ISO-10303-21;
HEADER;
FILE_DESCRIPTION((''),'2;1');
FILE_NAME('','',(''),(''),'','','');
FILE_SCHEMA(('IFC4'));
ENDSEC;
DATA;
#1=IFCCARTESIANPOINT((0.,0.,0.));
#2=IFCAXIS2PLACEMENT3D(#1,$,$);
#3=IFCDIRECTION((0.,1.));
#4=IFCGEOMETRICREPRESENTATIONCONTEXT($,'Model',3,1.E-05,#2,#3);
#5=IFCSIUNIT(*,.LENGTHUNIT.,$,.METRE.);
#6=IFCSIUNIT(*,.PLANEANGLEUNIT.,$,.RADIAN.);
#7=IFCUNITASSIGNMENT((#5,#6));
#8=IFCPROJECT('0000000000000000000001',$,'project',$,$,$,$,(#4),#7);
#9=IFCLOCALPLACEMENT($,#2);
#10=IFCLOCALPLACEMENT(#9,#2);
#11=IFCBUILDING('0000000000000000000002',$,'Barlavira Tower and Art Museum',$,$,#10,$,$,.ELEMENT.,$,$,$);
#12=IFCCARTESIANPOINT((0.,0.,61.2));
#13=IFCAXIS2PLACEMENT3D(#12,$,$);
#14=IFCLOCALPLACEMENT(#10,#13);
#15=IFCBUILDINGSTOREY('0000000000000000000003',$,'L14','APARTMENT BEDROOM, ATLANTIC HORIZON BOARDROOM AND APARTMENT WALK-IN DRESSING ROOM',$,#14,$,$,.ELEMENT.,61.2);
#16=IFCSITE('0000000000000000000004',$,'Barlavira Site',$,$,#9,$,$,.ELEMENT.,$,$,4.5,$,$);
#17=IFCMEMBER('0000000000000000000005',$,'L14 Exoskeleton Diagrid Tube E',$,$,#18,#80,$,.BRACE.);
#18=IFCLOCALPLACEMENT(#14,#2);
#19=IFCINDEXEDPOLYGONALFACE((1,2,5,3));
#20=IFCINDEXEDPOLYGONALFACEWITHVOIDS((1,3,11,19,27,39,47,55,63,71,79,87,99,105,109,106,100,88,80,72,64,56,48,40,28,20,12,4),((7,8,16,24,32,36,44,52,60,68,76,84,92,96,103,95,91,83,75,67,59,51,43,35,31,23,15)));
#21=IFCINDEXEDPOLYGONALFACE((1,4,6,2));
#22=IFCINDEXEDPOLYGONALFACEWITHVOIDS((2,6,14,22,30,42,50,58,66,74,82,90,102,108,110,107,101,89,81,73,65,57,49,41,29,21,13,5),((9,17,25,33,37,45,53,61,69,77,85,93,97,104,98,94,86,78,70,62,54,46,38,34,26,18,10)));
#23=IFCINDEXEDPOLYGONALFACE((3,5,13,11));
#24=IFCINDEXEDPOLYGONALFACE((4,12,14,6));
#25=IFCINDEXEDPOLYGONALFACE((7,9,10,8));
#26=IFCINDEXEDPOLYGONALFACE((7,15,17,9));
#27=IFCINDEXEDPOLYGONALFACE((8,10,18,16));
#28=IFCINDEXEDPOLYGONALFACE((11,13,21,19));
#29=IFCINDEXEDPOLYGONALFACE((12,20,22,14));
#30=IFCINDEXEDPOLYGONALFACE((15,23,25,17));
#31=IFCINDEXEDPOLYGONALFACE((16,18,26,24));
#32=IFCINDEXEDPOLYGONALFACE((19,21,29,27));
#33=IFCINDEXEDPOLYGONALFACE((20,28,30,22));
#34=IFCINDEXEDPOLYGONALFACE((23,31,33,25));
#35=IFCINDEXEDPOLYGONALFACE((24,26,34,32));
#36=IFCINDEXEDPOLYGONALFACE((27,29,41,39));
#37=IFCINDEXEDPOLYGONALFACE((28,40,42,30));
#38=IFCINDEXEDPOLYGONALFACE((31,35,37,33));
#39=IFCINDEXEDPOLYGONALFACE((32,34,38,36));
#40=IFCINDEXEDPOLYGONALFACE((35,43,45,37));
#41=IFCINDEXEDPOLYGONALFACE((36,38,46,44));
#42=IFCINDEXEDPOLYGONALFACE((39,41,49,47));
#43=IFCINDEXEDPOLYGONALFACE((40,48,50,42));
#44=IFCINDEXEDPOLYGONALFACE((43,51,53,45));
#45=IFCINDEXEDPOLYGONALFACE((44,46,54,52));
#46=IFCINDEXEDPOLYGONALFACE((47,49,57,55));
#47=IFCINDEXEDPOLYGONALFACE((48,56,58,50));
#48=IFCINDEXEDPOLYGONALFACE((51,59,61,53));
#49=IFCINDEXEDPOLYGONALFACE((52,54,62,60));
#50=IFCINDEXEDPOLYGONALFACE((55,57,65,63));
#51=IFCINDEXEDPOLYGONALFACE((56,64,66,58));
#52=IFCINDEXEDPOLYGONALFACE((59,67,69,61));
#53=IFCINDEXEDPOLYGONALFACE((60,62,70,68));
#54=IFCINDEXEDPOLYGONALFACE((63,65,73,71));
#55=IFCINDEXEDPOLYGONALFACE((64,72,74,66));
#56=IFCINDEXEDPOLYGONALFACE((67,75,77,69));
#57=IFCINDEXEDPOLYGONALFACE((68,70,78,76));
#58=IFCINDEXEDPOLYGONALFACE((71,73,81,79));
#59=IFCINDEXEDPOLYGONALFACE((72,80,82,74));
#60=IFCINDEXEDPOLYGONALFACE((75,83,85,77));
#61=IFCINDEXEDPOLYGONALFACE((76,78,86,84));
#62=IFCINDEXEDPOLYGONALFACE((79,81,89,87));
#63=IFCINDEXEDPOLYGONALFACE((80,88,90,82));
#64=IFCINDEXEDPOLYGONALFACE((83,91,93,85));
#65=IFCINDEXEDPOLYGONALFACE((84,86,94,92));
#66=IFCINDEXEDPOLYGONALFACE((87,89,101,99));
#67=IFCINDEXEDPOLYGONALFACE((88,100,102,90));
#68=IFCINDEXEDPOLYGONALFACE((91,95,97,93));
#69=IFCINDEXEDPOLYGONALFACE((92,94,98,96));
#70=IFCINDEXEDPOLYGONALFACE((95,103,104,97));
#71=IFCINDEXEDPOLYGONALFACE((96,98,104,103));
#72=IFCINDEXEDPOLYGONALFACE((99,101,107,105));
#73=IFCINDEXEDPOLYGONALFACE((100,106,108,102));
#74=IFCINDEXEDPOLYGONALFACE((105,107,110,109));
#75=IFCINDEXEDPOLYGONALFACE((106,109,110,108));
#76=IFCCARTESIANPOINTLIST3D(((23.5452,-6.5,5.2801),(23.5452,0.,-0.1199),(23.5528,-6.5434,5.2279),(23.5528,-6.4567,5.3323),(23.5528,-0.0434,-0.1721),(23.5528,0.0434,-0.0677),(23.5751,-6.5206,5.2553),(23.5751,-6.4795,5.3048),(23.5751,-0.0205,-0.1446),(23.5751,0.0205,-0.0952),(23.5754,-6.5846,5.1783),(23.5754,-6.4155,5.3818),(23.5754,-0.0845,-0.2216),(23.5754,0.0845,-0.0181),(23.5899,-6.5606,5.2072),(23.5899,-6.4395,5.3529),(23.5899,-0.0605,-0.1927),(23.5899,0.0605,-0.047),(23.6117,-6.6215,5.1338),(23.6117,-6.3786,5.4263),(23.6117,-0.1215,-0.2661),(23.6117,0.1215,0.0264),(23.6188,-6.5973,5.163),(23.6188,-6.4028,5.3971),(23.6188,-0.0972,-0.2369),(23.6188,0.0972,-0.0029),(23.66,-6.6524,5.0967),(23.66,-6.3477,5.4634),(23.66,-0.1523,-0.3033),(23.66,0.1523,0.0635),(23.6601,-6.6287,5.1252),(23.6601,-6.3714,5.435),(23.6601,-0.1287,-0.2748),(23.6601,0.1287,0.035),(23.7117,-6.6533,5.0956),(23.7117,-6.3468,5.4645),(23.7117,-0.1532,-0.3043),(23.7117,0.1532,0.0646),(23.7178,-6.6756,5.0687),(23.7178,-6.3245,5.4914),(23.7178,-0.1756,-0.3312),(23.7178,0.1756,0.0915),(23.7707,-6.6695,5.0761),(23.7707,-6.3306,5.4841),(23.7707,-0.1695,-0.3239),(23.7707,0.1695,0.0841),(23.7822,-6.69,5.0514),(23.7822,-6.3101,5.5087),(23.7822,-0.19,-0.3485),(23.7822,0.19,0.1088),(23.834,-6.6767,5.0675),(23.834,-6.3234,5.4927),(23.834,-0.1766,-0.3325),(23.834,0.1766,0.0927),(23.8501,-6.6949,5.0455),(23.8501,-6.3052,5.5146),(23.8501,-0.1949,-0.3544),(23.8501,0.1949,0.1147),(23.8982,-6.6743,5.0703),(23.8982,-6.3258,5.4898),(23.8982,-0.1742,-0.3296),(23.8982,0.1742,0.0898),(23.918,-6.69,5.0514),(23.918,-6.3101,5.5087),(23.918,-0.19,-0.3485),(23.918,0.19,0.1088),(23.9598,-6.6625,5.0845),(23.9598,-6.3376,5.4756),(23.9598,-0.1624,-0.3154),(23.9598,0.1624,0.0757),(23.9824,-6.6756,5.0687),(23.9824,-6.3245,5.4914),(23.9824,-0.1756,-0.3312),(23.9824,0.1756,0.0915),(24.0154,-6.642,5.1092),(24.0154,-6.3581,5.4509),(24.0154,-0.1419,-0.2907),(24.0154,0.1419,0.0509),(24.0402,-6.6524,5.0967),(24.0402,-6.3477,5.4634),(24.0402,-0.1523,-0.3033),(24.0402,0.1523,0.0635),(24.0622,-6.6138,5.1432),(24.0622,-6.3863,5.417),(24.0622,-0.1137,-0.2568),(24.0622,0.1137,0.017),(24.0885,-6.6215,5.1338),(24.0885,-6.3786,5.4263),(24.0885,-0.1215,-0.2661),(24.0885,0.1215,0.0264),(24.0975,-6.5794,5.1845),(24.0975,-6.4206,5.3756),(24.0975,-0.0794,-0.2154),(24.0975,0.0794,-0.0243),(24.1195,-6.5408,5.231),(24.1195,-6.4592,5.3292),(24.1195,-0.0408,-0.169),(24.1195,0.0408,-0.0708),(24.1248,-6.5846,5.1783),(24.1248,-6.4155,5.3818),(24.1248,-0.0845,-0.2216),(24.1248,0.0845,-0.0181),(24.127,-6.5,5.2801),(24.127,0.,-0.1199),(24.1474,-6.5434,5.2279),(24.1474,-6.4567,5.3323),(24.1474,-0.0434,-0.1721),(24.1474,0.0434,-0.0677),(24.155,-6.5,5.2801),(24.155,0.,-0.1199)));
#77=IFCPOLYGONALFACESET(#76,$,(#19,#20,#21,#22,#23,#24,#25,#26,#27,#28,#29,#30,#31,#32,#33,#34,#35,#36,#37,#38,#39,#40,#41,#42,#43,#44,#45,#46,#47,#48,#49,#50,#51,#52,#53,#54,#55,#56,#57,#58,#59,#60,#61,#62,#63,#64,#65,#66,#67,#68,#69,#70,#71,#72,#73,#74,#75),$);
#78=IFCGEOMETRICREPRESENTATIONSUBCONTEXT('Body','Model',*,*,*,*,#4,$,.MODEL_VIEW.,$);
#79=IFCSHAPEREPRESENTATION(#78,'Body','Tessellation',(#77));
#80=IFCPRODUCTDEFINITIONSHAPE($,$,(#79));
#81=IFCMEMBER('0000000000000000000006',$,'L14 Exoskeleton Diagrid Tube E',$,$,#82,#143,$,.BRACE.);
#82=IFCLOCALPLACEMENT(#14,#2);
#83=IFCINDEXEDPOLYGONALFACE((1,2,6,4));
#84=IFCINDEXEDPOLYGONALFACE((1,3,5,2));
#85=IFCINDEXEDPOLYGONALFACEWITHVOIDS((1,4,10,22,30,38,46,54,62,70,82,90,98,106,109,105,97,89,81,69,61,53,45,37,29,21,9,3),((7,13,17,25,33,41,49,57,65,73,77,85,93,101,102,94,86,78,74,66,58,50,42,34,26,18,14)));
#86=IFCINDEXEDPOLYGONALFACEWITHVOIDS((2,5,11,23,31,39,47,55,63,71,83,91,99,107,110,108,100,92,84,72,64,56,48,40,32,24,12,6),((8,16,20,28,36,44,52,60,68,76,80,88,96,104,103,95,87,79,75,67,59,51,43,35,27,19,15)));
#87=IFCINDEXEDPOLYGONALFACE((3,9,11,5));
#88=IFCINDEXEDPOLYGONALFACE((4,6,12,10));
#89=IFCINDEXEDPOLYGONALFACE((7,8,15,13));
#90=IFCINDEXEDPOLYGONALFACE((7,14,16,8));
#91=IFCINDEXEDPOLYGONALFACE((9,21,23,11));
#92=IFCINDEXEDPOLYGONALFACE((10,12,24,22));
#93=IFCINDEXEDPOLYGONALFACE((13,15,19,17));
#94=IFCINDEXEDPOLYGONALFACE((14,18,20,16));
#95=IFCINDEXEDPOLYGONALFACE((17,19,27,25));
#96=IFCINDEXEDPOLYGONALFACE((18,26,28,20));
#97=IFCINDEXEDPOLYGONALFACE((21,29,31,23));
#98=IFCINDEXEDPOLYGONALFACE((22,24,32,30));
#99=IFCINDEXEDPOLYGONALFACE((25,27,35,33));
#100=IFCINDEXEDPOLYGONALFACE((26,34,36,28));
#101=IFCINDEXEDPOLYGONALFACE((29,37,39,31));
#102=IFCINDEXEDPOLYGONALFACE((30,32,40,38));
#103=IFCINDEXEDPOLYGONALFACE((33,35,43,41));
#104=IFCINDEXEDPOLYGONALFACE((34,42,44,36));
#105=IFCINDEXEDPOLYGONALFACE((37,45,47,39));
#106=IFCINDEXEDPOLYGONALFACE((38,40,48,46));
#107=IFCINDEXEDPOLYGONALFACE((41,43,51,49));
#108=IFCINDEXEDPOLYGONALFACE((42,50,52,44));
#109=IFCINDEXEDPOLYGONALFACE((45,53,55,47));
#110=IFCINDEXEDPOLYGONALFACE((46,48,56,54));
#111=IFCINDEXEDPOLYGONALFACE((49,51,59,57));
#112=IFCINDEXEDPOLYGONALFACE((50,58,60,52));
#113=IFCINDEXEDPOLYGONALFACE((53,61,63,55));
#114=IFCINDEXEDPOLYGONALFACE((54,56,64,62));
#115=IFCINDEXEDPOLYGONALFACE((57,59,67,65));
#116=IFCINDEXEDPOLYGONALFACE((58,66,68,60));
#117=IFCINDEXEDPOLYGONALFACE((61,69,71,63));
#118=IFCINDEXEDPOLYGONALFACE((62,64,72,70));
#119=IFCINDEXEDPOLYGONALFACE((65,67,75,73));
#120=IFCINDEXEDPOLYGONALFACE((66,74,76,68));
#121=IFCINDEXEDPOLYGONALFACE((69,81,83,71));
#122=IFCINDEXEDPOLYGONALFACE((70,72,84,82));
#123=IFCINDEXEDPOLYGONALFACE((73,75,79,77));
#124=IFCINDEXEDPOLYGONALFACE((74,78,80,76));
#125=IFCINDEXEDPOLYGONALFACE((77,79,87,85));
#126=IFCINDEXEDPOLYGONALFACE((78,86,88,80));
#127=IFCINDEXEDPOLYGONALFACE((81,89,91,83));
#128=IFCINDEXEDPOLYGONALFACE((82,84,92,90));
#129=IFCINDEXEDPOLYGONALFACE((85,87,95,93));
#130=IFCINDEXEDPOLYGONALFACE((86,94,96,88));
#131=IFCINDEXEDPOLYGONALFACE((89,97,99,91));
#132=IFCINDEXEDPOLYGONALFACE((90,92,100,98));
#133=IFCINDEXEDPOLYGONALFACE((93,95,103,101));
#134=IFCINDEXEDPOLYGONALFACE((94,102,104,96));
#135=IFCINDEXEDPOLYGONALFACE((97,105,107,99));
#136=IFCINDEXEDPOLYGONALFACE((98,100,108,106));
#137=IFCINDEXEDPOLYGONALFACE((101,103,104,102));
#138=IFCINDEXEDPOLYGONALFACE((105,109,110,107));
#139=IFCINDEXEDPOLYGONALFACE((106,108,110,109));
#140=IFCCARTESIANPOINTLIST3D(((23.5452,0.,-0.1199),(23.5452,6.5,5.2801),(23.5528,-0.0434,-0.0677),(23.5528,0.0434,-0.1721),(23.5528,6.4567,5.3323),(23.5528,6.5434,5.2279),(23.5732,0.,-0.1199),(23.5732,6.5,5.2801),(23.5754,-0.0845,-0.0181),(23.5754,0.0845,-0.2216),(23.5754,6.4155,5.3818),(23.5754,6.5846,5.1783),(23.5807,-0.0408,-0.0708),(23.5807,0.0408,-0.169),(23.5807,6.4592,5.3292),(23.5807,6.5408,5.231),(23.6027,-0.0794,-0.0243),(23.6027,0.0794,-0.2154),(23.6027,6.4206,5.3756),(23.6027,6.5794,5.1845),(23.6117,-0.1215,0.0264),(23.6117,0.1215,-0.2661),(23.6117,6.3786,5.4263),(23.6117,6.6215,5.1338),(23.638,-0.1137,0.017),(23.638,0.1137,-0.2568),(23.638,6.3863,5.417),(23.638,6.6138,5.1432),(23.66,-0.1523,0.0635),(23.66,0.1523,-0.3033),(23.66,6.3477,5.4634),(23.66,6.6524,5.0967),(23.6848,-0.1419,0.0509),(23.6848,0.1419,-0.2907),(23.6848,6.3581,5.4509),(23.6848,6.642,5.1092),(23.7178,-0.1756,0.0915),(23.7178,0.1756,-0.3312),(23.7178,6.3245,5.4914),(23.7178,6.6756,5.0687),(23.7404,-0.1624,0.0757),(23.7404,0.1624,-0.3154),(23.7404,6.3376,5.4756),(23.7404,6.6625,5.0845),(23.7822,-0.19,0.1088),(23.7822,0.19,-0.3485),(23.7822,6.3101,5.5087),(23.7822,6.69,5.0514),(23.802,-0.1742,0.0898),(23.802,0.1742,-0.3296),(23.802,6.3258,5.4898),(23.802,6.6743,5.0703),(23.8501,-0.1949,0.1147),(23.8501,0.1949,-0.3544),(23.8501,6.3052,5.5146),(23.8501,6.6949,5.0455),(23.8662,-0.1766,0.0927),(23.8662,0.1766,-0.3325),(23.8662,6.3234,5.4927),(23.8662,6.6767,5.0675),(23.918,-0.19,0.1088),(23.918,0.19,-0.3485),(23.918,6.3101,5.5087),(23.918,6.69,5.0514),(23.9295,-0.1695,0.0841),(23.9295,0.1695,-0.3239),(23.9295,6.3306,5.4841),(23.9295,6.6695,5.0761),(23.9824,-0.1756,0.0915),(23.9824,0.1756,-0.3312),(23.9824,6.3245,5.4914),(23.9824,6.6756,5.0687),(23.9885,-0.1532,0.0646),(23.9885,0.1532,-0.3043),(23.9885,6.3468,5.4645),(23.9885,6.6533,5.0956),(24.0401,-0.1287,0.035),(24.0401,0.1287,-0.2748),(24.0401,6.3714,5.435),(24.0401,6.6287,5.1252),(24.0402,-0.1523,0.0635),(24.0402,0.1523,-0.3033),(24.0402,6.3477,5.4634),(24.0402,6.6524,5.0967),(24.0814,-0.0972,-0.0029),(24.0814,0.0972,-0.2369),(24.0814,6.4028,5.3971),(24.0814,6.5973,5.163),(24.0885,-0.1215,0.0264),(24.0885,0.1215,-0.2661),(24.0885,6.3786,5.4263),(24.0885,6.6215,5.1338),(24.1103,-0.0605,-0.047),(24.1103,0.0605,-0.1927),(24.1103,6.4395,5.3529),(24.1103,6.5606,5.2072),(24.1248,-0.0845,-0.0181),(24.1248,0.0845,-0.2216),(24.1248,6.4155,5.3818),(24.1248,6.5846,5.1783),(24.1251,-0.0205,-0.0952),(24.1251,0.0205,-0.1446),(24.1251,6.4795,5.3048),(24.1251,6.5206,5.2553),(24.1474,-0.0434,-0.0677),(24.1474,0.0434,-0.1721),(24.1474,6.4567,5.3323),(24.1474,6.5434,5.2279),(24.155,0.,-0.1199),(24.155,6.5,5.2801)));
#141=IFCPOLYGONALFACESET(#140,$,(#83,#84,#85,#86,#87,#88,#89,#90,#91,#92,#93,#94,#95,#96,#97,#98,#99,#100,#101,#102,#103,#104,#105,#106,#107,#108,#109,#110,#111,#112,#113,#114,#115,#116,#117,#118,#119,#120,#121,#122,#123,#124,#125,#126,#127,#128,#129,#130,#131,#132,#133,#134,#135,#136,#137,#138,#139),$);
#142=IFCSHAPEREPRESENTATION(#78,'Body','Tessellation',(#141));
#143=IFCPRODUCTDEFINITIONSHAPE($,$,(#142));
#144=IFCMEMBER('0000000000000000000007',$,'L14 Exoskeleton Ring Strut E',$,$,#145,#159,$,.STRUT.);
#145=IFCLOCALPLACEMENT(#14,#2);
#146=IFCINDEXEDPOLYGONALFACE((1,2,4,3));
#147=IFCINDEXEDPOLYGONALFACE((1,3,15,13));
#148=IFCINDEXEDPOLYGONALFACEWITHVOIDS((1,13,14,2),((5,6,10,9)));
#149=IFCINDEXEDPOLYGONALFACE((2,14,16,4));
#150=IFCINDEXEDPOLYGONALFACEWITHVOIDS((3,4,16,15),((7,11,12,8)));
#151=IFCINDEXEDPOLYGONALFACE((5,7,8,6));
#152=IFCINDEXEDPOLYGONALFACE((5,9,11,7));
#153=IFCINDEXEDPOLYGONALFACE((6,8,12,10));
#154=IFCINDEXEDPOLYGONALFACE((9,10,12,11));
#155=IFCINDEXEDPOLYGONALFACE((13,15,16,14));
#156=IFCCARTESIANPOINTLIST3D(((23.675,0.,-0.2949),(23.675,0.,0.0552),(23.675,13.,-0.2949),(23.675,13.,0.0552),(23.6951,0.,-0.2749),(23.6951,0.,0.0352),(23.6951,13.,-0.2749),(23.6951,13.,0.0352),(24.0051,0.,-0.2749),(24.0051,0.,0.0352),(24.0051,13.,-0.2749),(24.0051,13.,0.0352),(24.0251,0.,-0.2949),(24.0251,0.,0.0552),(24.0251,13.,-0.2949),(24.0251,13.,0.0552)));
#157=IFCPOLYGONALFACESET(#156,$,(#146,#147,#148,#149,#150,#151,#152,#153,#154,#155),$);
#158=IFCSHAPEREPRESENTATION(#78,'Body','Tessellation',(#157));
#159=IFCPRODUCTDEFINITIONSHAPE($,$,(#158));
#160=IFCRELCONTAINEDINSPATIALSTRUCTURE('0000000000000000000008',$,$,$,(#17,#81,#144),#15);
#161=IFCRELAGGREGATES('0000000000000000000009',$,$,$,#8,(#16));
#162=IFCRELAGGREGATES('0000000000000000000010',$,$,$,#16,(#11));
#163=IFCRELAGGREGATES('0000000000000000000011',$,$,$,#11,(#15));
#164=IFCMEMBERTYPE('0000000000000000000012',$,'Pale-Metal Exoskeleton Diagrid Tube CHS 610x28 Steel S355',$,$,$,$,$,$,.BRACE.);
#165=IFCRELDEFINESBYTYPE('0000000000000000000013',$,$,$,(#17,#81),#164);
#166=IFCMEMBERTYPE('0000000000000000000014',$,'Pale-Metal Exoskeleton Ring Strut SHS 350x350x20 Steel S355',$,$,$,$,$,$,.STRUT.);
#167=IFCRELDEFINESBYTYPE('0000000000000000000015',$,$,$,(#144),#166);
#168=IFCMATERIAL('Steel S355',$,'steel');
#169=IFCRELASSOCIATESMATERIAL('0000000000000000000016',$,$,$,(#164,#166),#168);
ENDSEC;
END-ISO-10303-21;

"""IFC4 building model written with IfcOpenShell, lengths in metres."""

from ifc_helpers import new_model, si_unit, direction, frame, origin, origin_2d, place, context, subcontext, project, spatial, hollow_rectangle, hollow_circle, extrude, material, material_profile, profile_set, type_object, element, save


model = new_model("IFC4")

# Units and contexts
model_context = context("Model", 3, precision=1e-05, world=origin(), true_north=direction((0.0, 1.0)))
body_context = subcontext(model_context, "Body", "Model", "MODEL_VIEW")
ifc_project = project(units=[si_unit("LENGTHUNIT", "METRE"), si_unit("PLANEANGLEUNIT", "RADIAN")], contexts=[model_context])

# Site, building, storey
site_placement = place(None, origin())
site = spatial("IfcSite", under=ifc_project, at=site_placement, Name="Barlavira Site", CompositionType="ELEMENT", RefElevation=4.5)
building_placement = place(site_placement, origin())
building = spatial("IfcBuilding", under=site, at=building_placement, Name="Barlavira Tower and Art Museum", CompositionType="ELEMENT")
storey_placement = place(building_placement, frame((0.0, 0.0, 61.2)))
storey = spatial("IfcBuildingStorey", under=building, at=storey_placement, Name="L14", Description="APARTMENT BEDROOM, ATLANTIC HORIZON BOARDROOM AND APARTMENT WALK-IN DRESSING ROOM", CompositionType="ELEMENT", Elevation=61.2)

# Members
ifc_material_1 = material(Name="Steel S355", Category="steel")
ifc_material_profile_1 = material_profile(ifc_material_1, hollow_circle(Radius=0.3049, WallThickness=0.0281, at=origin_2d()), Name="CHS 610.0x28.0")
ifc_profile_set_1 = profile_set([ifc_material_profile_1], Name="Steel S355")
member_type_1 = type_object("IfcMemberType", Name="Pale-Metal Exoskeleton Diagrid Tube CHS 610x28 Steel S355", PredefinedType="BRACE", material=ifc_profile_set_1)
for number, where, z_axis, x_axis, name in (
    (1, (23.8501, 0.0, -0.1199), (0.0, -0.769196, 0.639013), (1.0, 0.0, 0.0), "L14 Exoskeleton Diagrid Tube E"),
    (2, (23.8501, 0.0, -0.1199), (0.0, 0.769196, 0.639013), (-1.0, 0.0, 0.0), "L14 Exoskeleton Diagrid Tube E"),
):
    element("IfcMember", number, at=place(storey_placement, frame(where, z_axis=z_axis, x_axis=x_axis)), inside=storey, type_object=member_type_1, Name=name, PredefinedType="BRACE", context=body_context, shape_type="SweptSolid", body=[
        extrude(hollow_circle(Radius=0.3049, WallThickness=0.0281, at=origin_2d()), origin(), (0.0, 0.0, 1.0), 8.4504),
    ])
ifc_material_profile_2 = material_profile(ifc_material_1, hollow_rectangle(XDim=0.3501, YDim=0.3501, WallThickness=0.02, at=origin_2d()), Name="SHS 350x350x20.0")
ifc_profile_set_2 = profile_set([ifc_material_profile_2], Name="Steel S355")
member_type_2 = type_object("IfcMemberType", Name="Pale-Metal Exoskeleton Ring Strut SHS 350x350x20 Steel S355", PredefinedType="STRUT", material=ifc_profile_set_2)
member_1_placement = place(storey_placement, frame((23.8501, 0.0, -0.1199), z_axis=(0.0, 1.0, 0.0), x_axis=(-1.0, 0.0, 0.0)))
element("IfcMember", 3, at=member_1_placement, inside=storey, type_object=member_type_2, Name="L14 Exoskeleton Ring Strut E", PredefinedType="STRUT", context=body_context, shape_type="SweptSolid", body=[
    extrude(hollow_rectangle(XDim=0.3501, YDim=0.3501, WallThickness=0.02, at=origin_2d()), origin(), (0.0, 0.0, 1.0), 13.0),
])

save(model, "model.ifc")
